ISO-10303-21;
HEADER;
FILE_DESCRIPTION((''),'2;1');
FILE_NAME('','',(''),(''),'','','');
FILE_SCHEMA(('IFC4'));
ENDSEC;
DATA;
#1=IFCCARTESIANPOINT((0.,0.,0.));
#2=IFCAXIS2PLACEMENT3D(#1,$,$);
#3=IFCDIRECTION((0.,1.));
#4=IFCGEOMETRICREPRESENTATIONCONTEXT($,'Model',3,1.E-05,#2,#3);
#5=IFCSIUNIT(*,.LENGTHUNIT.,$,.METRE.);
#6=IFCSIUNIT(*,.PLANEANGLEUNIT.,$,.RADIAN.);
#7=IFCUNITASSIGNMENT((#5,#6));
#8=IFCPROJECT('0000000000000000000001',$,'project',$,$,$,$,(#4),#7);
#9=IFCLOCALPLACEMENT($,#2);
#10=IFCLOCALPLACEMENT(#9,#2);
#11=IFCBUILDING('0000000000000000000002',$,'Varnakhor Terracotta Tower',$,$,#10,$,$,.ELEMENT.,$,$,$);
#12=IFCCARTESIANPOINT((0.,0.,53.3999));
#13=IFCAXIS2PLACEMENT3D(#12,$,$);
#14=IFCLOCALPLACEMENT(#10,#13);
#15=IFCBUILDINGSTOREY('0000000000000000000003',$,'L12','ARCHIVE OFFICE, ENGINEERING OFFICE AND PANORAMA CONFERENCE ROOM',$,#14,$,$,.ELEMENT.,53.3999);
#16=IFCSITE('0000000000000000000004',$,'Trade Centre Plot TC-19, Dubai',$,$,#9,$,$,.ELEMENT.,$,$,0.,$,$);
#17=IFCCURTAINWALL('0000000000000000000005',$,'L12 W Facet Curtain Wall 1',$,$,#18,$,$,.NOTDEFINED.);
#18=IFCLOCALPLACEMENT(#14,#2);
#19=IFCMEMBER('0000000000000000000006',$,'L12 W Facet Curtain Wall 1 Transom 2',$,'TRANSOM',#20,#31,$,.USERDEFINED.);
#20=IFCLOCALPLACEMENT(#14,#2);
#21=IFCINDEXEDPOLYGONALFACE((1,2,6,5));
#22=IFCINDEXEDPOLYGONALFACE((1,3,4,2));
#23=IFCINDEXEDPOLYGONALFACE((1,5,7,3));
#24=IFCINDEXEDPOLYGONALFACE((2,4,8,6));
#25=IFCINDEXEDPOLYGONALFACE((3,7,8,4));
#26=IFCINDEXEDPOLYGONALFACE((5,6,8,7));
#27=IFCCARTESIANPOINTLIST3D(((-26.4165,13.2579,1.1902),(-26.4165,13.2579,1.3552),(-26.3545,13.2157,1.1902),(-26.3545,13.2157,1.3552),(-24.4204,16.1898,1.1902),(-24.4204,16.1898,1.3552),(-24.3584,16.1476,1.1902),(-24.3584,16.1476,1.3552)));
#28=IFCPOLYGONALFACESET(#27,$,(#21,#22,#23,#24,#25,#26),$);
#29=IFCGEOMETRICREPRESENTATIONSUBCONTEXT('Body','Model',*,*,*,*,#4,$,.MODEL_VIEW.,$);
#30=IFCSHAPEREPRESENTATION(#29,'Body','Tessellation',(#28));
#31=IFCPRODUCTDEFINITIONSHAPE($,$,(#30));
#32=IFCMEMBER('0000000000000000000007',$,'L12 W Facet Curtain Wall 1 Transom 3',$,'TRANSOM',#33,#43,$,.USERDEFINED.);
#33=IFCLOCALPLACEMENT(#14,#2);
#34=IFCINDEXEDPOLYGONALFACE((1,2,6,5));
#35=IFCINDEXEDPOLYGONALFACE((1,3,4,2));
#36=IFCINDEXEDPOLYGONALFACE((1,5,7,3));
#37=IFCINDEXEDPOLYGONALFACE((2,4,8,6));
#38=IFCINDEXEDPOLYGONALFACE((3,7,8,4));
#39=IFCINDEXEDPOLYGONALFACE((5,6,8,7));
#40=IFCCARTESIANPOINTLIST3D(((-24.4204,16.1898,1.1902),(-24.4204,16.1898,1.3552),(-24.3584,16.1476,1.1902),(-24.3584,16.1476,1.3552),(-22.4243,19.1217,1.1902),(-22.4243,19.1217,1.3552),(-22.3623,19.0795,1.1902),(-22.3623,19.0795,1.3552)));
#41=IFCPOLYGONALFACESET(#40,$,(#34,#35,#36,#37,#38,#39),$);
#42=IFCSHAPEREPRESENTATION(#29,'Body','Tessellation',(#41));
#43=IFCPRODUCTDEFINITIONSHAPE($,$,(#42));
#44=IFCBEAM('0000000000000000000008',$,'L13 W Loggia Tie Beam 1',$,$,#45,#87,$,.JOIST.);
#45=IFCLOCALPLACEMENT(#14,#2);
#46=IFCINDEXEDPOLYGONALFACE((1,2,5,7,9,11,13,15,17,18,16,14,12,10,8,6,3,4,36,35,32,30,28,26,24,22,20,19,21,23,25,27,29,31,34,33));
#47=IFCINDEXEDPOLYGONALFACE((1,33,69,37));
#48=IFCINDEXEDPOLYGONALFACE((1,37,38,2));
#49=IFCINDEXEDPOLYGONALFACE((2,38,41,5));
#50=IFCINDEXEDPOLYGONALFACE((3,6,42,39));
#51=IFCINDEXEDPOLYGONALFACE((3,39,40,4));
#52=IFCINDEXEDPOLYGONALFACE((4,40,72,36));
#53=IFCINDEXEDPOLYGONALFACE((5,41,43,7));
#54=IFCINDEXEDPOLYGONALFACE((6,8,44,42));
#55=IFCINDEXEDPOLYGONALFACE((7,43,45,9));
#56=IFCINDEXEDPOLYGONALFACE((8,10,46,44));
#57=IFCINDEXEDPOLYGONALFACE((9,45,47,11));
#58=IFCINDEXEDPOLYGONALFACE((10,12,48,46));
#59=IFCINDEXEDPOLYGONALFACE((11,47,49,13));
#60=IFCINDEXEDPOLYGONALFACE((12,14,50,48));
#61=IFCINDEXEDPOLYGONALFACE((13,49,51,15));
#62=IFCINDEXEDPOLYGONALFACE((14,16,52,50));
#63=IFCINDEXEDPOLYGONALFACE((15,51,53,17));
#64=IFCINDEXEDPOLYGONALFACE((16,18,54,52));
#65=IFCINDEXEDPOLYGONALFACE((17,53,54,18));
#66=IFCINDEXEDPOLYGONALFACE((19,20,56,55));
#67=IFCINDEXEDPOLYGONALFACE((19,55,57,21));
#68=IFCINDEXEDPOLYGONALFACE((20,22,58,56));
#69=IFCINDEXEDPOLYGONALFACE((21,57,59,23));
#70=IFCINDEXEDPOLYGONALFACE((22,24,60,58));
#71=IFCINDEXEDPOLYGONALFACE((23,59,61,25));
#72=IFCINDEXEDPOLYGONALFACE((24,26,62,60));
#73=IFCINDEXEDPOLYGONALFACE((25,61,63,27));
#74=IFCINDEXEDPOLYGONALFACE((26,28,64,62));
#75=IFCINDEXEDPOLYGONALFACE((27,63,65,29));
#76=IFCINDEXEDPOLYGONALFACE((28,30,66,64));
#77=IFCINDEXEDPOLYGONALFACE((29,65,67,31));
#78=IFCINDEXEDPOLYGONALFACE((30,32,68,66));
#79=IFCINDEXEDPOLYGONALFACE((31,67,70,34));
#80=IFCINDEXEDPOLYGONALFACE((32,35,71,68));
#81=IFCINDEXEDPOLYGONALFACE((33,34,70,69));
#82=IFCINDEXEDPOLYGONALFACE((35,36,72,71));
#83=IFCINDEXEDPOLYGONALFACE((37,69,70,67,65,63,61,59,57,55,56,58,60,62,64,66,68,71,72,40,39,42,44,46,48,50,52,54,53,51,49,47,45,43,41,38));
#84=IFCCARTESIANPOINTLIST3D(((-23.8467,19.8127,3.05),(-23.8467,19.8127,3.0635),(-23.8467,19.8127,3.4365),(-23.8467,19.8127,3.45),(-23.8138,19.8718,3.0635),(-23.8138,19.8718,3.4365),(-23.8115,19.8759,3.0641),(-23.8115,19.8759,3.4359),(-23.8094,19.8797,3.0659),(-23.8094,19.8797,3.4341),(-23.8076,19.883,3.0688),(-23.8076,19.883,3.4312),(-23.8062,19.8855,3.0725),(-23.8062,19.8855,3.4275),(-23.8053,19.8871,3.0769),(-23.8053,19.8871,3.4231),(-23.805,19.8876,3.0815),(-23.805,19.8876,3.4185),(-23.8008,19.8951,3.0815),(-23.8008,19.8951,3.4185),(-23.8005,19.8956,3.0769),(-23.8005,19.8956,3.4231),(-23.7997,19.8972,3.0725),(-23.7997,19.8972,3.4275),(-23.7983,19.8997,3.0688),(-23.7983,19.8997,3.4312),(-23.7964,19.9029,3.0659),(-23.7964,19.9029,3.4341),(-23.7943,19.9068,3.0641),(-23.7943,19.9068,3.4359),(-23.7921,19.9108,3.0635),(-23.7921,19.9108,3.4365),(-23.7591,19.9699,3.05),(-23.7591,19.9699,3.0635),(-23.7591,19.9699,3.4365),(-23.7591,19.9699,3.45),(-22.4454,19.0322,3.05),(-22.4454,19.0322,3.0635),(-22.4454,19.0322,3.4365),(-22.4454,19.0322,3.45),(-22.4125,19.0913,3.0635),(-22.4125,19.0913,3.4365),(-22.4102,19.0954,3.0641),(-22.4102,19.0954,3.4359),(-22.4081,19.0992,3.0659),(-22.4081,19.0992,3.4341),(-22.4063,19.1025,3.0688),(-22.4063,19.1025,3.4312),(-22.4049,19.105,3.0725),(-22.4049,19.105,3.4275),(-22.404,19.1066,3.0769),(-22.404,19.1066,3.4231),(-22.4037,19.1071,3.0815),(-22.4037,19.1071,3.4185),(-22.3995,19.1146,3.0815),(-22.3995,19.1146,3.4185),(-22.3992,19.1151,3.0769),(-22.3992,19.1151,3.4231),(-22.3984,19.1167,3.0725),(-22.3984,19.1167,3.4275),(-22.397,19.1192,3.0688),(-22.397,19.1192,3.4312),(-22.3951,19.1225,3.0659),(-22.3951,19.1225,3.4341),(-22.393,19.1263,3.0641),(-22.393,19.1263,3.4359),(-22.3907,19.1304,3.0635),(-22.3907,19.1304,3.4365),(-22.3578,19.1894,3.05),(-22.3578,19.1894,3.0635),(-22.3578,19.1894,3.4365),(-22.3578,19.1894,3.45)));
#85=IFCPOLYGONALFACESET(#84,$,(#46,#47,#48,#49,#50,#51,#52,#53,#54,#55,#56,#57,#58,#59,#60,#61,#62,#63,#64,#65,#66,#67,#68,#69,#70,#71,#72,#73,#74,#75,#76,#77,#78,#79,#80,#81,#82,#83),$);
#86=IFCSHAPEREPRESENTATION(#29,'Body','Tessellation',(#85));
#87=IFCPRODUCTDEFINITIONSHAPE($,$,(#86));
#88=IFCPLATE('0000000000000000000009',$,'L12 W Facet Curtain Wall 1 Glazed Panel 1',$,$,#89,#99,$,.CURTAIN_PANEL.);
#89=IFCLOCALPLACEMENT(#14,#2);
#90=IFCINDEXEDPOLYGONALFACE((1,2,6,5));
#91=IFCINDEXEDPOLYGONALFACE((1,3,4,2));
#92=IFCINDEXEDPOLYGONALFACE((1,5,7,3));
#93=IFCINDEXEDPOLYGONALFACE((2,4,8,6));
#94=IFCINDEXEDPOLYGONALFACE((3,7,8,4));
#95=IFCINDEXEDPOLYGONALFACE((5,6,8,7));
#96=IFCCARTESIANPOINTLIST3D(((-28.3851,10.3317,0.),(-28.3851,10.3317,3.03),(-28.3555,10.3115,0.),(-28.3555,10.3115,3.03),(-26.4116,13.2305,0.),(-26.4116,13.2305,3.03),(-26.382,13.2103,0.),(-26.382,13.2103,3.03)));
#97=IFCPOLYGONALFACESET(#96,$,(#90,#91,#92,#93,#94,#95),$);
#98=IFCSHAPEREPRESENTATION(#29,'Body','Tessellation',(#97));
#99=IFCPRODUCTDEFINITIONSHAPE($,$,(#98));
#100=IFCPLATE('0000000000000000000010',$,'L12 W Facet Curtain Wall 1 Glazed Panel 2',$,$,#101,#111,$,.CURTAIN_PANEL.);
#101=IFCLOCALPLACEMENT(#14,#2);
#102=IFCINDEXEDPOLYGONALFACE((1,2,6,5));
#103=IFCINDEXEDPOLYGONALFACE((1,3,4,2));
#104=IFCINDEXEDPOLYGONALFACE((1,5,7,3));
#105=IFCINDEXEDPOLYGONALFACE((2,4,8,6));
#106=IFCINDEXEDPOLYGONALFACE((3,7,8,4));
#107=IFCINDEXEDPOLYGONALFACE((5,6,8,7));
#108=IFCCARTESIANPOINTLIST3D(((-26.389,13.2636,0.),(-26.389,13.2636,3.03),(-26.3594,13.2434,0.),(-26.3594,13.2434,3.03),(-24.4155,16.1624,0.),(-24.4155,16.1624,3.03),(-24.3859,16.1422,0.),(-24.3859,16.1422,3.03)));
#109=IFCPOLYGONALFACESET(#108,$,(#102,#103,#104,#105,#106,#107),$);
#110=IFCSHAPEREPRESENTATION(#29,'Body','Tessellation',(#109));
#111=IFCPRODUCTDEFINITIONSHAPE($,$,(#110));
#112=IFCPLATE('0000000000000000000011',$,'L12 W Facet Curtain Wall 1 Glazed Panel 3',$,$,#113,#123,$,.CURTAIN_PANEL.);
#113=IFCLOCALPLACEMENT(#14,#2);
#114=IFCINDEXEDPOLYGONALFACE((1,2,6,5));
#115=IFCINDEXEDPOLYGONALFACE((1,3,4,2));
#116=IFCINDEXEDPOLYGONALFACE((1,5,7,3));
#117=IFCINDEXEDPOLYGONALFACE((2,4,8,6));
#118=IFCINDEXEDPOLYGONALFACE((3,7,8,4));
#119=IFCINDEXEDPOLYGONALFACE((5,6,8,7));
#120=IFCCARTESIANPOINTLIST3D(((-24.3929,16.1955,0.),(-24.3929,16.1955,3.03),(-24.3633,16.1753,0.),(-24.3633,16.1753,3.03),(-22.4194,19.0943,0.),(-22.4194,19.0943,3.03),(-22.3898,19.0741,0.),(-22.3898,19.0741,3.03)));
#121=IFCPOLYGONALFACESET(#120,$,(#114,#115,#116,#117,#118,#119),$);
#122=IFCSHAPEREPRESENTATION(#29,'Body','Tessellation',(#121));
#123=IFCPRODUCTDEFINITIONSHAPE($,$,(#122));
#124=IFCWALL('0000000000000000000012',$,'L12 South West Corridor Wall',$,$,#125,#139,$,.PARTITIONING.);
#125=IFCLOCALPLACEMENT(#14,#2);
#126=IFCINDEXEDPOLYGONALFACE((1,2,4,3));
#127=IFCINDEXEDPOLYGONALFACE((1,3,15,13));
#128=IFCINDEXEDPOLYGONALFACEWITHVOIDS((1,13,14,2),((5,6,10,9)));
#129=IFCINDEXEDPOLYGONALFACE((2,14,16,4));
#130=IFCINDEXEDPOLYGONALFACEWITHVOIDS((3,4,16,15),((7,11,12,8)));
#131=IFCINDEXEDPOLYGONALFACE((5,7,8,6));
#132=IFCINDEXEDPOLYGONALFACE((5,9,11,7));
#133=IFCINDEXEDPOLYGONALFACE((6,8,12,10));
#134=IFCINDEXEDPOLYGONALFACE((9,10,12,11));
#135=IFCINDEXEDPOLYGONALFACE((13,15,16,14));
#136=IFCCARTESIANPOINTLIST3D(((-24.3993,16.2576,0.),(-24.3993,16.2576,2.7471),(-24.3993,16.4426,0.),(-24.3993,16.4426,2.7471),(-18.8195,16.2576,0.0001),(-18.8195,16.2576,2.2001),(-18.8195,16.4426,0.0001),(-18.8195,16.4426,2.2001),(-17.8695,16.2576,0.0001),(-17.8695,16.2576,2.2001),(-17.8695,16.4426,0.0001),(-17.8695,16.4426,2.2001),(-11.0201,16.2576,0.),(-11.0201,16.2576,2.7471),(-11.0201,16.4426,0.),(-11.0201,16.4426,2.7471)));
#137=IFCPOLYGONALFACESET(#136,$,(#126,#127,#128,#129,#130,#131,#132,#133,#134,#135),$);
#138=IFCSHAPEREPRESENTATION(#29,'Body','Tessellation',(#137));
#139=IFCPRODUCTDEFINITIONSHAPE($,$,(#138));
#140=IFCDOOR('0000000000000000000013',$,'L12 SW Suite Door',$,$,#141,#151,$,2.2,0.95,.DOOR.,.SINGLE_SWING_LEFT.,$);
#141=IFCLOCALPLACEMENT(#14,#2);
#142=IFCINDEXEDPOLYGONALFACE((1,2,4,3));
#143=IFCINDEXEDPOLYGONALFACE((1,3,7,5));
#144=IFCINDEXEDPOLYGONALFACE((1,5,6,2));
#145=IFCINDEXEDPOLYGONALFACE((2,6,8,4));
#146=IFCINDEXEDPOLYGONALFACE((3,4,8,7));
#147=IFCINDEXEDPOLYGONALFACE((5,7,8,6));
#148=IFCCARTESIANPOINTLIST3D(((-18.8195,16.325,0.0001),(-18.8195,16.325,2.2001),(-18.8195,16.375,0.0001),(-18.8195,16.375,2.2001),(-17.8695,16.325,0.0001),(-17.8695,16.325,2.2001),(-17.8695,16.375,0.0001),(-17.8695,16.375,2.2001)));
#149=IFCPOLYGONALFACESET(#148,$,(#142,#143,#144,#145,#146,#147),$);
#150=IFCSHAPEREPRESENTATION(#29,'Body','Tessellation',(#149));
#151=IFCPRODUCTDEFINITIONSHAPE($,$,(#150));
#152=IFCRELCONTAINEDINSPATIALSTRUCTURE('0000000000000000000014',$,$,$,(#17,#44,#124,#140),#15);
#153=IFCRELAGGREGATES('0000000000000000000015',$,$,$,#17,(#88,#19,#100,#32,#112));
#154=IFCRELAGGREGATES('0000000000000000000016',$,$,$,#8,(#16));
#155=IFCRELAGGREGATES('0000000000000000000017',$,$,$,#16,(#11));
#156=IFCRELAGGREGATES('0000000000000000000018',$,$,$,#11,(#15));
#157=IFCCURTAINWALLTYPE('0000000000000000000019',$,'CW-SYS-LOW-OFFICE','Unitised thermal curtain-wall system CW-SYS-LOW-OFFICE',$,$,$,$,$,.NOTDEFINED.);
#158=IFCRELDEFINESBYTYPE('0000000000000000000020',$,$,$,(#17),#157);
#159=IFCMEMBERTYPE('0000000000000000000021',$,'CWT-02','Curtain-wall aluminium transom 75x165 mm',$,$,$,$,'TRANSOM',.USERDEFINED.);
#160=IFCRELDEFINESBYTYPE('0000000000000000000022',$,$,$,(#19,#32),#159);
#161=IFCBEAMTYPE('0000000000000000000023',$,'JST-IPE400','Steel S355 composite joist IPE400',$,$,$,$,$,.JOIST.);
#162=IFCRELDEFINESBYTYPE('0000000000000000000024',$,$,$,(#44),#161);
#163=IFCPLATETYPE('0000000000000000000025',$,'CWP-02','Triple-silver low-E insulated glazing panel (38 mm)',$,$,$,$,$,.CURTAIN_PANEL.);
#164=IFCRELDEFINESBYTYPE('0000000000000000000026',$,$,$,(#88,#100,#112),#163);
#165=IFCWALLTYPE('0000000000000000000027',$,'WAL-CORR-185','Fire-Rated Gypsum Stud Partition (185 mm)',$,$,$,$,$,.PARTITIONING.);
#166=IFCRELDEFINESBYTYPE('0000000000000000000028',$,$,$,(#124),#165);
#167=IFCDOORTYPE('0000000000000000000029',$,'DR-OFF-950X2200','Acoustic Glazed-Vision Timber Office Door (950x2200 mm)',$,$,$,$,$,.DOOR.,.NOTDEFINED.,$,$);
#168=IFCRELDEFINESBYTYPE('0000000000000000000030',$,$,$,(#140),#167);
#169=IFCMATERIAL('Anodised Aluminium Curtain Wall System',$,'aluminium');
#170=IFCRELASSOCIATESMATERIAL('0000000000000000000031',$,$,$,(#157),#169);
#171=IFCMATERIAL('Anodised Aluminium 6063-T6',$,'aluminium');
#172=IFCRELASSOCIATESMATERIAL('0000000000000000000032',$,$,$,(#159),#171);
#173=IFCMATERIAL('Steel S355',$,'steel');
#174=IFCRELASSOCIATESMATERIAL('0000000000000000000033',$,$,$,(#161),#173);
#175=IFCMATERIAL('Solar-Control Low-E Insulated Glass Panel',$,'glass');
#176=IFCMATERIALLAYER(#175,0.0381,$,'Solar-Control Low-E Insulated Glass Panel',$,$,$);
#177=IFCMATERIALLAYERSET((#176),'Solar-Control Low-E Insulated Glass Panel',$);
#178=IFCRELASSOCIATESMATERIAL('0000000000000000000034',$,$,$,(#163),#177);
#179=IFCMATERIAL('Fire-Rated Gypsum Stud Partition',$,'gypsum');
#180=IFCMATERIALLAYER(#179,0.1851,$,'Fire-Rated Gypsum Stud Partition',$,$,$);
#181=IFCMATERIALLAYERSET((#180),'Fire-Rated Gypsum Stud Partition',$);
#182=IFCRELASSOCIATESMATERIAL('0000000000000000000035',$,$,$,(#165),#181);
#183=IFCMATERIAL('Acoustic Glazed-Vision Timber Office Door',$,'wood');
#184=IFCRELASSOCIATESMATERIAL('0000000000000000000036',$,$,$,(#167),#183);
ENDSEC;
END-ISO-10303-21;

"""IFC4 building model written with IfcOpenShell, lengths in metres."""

from ifc_helpers import new_model, si_unit, direction, frame, frame_2d, origin, origin_2d, place, context, subcontext, project, spatial, rectangle, i_section, extrude, source, transform, mapped, material, layer, layer_set, material_profile, profile_set, type_object, type_shapes, element, fill, aggregate, save


model = new_model("IFC4")

# Units and contexts
model_context = context("Model", 3, precision=1e-05, world=origin(), true_north=direction((0.0, 1.0)))
body_context = subcontext(model_context, "Body", "Model", "MODEL_VIEW")
ifc_project = project(units=[si_unit("LENGTHUNIT", "METRE"), si_unit("PLANEANGLEUNIT", "RADIAN")], contexts=[model_context])

# Site, building, storey
site_placement = place(None, origin())
site = spatial("IfcSite", under=ifc_project, at=site_placement, Name="Trade Centre Plot TC-19, Dubai", CompositionType="ELEMENT", RefElevation=0.0)
building_placement = place(site_placement, origin())
building = spatial("IfcBuilding", under=site, at=building_placement, Name="Varnakhor Terracotta Tower", CompositionType="ELEMENT")
storey_placement = place(building_placement, frame((0.0, 0.0, 53.3999)))
storey = spatial("IfcBuildingStorey", under=building, at=storey_placement, Name="L12", Description="ARCHIVE OFFICE, ENGINEERING OFFICE AND PANORAMA CONFERENCE ROOM", CompositionType="ELEMENT", Elevation=53.3999)

# Shared definitions
ifc_material_1 = material(Name="Steel S355", Category="steel")

# Curtain wall, members
ifc_material_2 = material(Name="Anodised Aluminium Curtain Wall System", Category="aluminium")
curtain_wall_type = type_object("IfcCurtainWallType", Name="CW-SYS-LOW-OFFICE", Description="Unitised thermal curtain-wall system CW-SYS-LOW-OFFICE", PredefinedType="NOTDEFINED", material=ifc_material_2)
curtain_wall_placement = place(storey_placement, origin())
curtain_wall = element("IfcCurtainWall", 1, at=curtain_wall_placement, inside=storey, type_object=curtain_wall_type, Name="L12 W Facet Curtain Wall 1", PredefinedType="NOTDEFINED")
ifc_material_3 = material(Name="Anodised Aluminium 6063-T6", Category="aluminium")
ifc_material_profile_1 = material_profile(ifc_material_3, rectangle(XDim=0.075, YDim=0.165, at=origin_2d()), Name="ALU TRANSOM 75x165")
ifc_profile_set_1 = profile_set([ifc_material_profile_1], Name="Anodised Aluminium 6063-T6")
member_type_1 = type_object("IfcMemberType", Name="CWT-02", Description="Curtain-wall aluminium transom 75x165 mm", ElementType="TRANSOM", PredefinedType="USERDEFINED", material=ifc_profile_set_1)
shared_shape_1 = source(origin(), body_context, "Body", "SweptSolid", [
    extrude(rectangle(XDim=0.075, YDim=0.165, at=origin_2d()), origin(), (0.0, 0.0, 1.0), 3.5469),
])
member_1_placement = place(storey_placement, frame((-26.3855, 13.2368, 1.2727), z_axis=(0.562775, 0.82661, 0.0), x_axis=(-0.82661, 0.562775, 0.0)))
member_1 = element("IfcMember", 2, at=member_1_placement, type_object=member_type_1, Name="L12 W Facet Curtain Wall 1 Transom 2", ObjectType="TRANSOM", PredefinedType="USERDEFINED", context=body_context, shape_type="MappedRepresentation", body=[
    mapped(shared_shape_1, transform((0.0, 0.0, 0.0), scale=1.0)),
])
member_2_placement = place(storey_placement, frame((-24.3894, 16.1687, 1.2727), z_axis=(0.562775, 0.82661, 0.0), x_axis=(-0.82661, 0.562775, 0.0)))
member_2 = element("IfcMember", 3, at=member_2_placement, type_object=member_type_1, Name="L12 W Facet Curtain Wall 1 Transom 3", ObjectType="TRANSOM", PredefinedType="USERDEFINED", context=body_context, shape_type="MappedRepresentation", body=[
    mapped(shared_shape_1, transform((0.0, 0.0, 0.0), scale=1.0)),
])

# Beam
ifc_material_profile_2 = material_profile(ifc_material_1, i_section(OverallWidth=0.1799, OverallDepth=0.3999, WebThickness=0.0085, FlangeThickness=0.0134, FilletRadius=0.0181, at=origin_2d()), Name="IPE400")
ifc_profile_set_2 = profile_set([ifc_material_profile_2], Name="Steel S355")
beam_type_1 = type_object("IfcBeamType", Name="JST-IPE400", Description="Steel S355 composite joist IPE400", PredefinedType="JOIST", material=ifc_profile_set_2)
shared_shape_2 = source(origin(), body_context, "Body", "SweptSolid", [
    extrude(i_section(OverallWidth=0.1799, OverallDepth=0.3999, WebThickness=0.0085, FlangeThickness=0.0134, FilletRadius=0.0181, at=origin_2d()), origin(), (0.0, 0.0, 1.0), 1.604),
])
beam_1_placement = place(storey_placement, frame((-22.4016, 19.1108, 3.25), z_axis=(-0.873633, 0.486586, 0.0), x_axis=(-0.486586, -0.873633, 0.0)))
element("IfcBeam", 4, at=beam_1_placement, inside=storey, type_object=beam_type_1, Name="L13 W Loggia Tie Beam 1", PredefinedType="JOIST", context=body_context, shape_type="MappedRepresentation", body=[
    mapped(shared_shape_2, transform((0.0, 0.0, 0.0), scale=1.0)),
])

# Plates
ifc_material_4 = material(Name="Solar-Control Low-E Insulated Glass Panel", Category="glass")
ifc_layer_1 = layer(ifc_material_4, 0.0381, Name="Solar-Control Low-E Insulated Glass Panel")
ifc_layer_set_1 = layer_set([ifc_layer_1], Name="Solar-Control Low-E Insulated Glass Panel")
plate_type = type_object("IfcPlateType", Name="CWP-02", Description="Triple-silver low-E insulated glazing panel (38 mm)", PredefinedType="CURTAIN_PANEL", material=ifc_layer_set_1)
shared_shape_3 = source(origin(), body_context, "Body", "SweptSolid", [
    extrude(rectangle(XDim=3.5068, YDim=0.0359, at=origin_2d()), origin(), (0.0, 0.0, 1.0), 3.03),
])
plate_1_placement = place(storey_placement, frame((-27.3835, 11.771, 0.0), z_axis=(0.0, 0.0, 1.0), x_axis=(0.562762, 0.826619, 0.0)))
plate_1 = element("IfcPlate", 5, at=plate_1_placement, type_object=plate_type, Name="L12 W Facet Curtain Wall 1 Glazed Panel 1", PredefinedType="CURTAIN_PANEL", context=body_context, shape_type="MappedRepresentation", body=[
    mapped(shared_shape_3, transform((0.0, 0.0, 0.0), scale=1.0)),
])
plate_2_placement = place(storey_placement, frame((-25.3875, 14.7029, 0.0), z_axis=(0.0, 0.0, 1.0), x_axis=(0.562762, 0.826619, 0.0)))
plate_2 = element("IfcPlate", 6, at=plate_2_placement, type_object=plate_type, Name="L12 W Facet Curtain Wall 1 Glazed Panel 2", PredefinedType="CURTAIN_PANEL", context=body_context, shape_type="MappedRepresentation", body=[
    mapped(shared_shape_3, transform((0.0, 0.0, 0.0), scale=1.0)),
])
plate_3_placement = place(storey_placement, frame((-23.3914, 17.6348, 0.0), z_axis=(0.0, 0.0, 1.0), x_axis=(0.562762, 0.826619, 0.0)))
plate_3 = element("IfcPlate", 7, at=plate_3_placement, type_object=plate_type, Name="L12 W Facet Curtain Wall 1 Glazed Panel 3", PredefinedType="CURTAIN_PANEL", context=body_context, shape_type="MappedRepresentation", body=[
    mapped(shared_shape_3, transform((0.0, 0.0, 0.0), scale=1.0)),
])
aggregate(curtain_wall, [plate_1, member_1, plate_2, member_2, plate_3])

# Wall, opening, door
ifc_material_5 = material(Name="Fire-Rated Gypsum Stud Partition", Category="gypsum")
ifc_layer_2 = layer(ifc_material_5, 0.1851, Name="Fire-Rated Gypsum Stud Partition")
ifc_layer_set_2 = layer_set([ifc_layer_2], Name="Fire-Rated Gypsum Stud Partition")
wall_type_1 = type_object("IfcWallType", Name="WAL-CORR-185", Description="Fire-Rated Gypsum Stud Partition (185 mm)", PredefinedType="PARTITIONING", material=ifc_layer_set_2)
wall_1_placement = place(storey_placement, frame((-24.3992, 16.3501, 0.0), z_axis=(0.0, 0.0, 1.0), x_axis=(1.0, 0.0, 0.0)))
wall_1 = element("IfcWall", 8, at=wall_1_placement, inside=storey, type_object=wall_type_1, Name="L12 South West Corridor Wall", PredefinedType="PARTITIONING", context=body_context, shape_type="SweptSolid", body=[
    extrude(rectangle(XDim=13.3792, YDim=0.1851, at=frame_2d((6.6895, 0.0))), origin(), (0.0, 0.0, 1.0), 2.7471),
])
opening_1_placement = place(wall_1_placement, frame((5.5796, 0.0, 0.0)))
opening_1 = element("IfcOpeningElement", 9, at=opening_1_placement, cuts=wall_1, PredefinedType="OPENING", context=body_context, shape_type="SweptSolid", body=[
    extrude(rectangle(XDim=0.95, YDim=2.2, at=frame_2d((0.4751, 1.1001))), frame((0.0, 0.1025, 0.0), z_axis=(0.0, -1.0, 0.0), x_axis=(1.0, 0.0, 0.0)), (0.0, 0.0, 1.0), 0.2051),
])
ifc_material_6 = material(Name="Acoustic Glazed-Vision Timber Office Door", Category="wood")
door_type_1 = type_object("IfcDoorType", Name="DR-OFF-950X2200", Description="Acoustic Glazed-Vision Timber Office Door (950x2200 mm)", OperationType="NOTDEFINED", PredefinedType="DOOR", material=ifc_material_6)
shared_shape_4 = source(origin(), body_context, "Body", "SweptSolid", [
    extrude(rectangle(XDim=0.95, YDim=2.2, at=frame_2d((0.4751, 1.1001))), frame((0.0, 0.0249, 0.0), z_axis=(0.0, -1.0, 0.0), x_axis=(1.0, 0.0, 0.0)), (0.0, 0.0, 1.0), 0.05),
])
type_shapes(door_type_1, [shared_shape_4])
door_1_placement = place(opening_1_placement, origin())
door_1 = element("IfcDoor", 10, at=door_1_placement, inside=storey, type_object=door_type_1, Name="L12 SW Suite Door", OperationType="SINGLE_SWING_LEFT", OverallHeight=2.2, OverallWidth=0.95, PredefinedType="DOOR", context=body_context, shape_type="MappedRepresentation", body=[
    mapped(shared_shape_4, transform((0.0, 0.0, 0.0), scale=1.0)),
])
fill(opening_1, door_1)

save(model, "model.ifc")
